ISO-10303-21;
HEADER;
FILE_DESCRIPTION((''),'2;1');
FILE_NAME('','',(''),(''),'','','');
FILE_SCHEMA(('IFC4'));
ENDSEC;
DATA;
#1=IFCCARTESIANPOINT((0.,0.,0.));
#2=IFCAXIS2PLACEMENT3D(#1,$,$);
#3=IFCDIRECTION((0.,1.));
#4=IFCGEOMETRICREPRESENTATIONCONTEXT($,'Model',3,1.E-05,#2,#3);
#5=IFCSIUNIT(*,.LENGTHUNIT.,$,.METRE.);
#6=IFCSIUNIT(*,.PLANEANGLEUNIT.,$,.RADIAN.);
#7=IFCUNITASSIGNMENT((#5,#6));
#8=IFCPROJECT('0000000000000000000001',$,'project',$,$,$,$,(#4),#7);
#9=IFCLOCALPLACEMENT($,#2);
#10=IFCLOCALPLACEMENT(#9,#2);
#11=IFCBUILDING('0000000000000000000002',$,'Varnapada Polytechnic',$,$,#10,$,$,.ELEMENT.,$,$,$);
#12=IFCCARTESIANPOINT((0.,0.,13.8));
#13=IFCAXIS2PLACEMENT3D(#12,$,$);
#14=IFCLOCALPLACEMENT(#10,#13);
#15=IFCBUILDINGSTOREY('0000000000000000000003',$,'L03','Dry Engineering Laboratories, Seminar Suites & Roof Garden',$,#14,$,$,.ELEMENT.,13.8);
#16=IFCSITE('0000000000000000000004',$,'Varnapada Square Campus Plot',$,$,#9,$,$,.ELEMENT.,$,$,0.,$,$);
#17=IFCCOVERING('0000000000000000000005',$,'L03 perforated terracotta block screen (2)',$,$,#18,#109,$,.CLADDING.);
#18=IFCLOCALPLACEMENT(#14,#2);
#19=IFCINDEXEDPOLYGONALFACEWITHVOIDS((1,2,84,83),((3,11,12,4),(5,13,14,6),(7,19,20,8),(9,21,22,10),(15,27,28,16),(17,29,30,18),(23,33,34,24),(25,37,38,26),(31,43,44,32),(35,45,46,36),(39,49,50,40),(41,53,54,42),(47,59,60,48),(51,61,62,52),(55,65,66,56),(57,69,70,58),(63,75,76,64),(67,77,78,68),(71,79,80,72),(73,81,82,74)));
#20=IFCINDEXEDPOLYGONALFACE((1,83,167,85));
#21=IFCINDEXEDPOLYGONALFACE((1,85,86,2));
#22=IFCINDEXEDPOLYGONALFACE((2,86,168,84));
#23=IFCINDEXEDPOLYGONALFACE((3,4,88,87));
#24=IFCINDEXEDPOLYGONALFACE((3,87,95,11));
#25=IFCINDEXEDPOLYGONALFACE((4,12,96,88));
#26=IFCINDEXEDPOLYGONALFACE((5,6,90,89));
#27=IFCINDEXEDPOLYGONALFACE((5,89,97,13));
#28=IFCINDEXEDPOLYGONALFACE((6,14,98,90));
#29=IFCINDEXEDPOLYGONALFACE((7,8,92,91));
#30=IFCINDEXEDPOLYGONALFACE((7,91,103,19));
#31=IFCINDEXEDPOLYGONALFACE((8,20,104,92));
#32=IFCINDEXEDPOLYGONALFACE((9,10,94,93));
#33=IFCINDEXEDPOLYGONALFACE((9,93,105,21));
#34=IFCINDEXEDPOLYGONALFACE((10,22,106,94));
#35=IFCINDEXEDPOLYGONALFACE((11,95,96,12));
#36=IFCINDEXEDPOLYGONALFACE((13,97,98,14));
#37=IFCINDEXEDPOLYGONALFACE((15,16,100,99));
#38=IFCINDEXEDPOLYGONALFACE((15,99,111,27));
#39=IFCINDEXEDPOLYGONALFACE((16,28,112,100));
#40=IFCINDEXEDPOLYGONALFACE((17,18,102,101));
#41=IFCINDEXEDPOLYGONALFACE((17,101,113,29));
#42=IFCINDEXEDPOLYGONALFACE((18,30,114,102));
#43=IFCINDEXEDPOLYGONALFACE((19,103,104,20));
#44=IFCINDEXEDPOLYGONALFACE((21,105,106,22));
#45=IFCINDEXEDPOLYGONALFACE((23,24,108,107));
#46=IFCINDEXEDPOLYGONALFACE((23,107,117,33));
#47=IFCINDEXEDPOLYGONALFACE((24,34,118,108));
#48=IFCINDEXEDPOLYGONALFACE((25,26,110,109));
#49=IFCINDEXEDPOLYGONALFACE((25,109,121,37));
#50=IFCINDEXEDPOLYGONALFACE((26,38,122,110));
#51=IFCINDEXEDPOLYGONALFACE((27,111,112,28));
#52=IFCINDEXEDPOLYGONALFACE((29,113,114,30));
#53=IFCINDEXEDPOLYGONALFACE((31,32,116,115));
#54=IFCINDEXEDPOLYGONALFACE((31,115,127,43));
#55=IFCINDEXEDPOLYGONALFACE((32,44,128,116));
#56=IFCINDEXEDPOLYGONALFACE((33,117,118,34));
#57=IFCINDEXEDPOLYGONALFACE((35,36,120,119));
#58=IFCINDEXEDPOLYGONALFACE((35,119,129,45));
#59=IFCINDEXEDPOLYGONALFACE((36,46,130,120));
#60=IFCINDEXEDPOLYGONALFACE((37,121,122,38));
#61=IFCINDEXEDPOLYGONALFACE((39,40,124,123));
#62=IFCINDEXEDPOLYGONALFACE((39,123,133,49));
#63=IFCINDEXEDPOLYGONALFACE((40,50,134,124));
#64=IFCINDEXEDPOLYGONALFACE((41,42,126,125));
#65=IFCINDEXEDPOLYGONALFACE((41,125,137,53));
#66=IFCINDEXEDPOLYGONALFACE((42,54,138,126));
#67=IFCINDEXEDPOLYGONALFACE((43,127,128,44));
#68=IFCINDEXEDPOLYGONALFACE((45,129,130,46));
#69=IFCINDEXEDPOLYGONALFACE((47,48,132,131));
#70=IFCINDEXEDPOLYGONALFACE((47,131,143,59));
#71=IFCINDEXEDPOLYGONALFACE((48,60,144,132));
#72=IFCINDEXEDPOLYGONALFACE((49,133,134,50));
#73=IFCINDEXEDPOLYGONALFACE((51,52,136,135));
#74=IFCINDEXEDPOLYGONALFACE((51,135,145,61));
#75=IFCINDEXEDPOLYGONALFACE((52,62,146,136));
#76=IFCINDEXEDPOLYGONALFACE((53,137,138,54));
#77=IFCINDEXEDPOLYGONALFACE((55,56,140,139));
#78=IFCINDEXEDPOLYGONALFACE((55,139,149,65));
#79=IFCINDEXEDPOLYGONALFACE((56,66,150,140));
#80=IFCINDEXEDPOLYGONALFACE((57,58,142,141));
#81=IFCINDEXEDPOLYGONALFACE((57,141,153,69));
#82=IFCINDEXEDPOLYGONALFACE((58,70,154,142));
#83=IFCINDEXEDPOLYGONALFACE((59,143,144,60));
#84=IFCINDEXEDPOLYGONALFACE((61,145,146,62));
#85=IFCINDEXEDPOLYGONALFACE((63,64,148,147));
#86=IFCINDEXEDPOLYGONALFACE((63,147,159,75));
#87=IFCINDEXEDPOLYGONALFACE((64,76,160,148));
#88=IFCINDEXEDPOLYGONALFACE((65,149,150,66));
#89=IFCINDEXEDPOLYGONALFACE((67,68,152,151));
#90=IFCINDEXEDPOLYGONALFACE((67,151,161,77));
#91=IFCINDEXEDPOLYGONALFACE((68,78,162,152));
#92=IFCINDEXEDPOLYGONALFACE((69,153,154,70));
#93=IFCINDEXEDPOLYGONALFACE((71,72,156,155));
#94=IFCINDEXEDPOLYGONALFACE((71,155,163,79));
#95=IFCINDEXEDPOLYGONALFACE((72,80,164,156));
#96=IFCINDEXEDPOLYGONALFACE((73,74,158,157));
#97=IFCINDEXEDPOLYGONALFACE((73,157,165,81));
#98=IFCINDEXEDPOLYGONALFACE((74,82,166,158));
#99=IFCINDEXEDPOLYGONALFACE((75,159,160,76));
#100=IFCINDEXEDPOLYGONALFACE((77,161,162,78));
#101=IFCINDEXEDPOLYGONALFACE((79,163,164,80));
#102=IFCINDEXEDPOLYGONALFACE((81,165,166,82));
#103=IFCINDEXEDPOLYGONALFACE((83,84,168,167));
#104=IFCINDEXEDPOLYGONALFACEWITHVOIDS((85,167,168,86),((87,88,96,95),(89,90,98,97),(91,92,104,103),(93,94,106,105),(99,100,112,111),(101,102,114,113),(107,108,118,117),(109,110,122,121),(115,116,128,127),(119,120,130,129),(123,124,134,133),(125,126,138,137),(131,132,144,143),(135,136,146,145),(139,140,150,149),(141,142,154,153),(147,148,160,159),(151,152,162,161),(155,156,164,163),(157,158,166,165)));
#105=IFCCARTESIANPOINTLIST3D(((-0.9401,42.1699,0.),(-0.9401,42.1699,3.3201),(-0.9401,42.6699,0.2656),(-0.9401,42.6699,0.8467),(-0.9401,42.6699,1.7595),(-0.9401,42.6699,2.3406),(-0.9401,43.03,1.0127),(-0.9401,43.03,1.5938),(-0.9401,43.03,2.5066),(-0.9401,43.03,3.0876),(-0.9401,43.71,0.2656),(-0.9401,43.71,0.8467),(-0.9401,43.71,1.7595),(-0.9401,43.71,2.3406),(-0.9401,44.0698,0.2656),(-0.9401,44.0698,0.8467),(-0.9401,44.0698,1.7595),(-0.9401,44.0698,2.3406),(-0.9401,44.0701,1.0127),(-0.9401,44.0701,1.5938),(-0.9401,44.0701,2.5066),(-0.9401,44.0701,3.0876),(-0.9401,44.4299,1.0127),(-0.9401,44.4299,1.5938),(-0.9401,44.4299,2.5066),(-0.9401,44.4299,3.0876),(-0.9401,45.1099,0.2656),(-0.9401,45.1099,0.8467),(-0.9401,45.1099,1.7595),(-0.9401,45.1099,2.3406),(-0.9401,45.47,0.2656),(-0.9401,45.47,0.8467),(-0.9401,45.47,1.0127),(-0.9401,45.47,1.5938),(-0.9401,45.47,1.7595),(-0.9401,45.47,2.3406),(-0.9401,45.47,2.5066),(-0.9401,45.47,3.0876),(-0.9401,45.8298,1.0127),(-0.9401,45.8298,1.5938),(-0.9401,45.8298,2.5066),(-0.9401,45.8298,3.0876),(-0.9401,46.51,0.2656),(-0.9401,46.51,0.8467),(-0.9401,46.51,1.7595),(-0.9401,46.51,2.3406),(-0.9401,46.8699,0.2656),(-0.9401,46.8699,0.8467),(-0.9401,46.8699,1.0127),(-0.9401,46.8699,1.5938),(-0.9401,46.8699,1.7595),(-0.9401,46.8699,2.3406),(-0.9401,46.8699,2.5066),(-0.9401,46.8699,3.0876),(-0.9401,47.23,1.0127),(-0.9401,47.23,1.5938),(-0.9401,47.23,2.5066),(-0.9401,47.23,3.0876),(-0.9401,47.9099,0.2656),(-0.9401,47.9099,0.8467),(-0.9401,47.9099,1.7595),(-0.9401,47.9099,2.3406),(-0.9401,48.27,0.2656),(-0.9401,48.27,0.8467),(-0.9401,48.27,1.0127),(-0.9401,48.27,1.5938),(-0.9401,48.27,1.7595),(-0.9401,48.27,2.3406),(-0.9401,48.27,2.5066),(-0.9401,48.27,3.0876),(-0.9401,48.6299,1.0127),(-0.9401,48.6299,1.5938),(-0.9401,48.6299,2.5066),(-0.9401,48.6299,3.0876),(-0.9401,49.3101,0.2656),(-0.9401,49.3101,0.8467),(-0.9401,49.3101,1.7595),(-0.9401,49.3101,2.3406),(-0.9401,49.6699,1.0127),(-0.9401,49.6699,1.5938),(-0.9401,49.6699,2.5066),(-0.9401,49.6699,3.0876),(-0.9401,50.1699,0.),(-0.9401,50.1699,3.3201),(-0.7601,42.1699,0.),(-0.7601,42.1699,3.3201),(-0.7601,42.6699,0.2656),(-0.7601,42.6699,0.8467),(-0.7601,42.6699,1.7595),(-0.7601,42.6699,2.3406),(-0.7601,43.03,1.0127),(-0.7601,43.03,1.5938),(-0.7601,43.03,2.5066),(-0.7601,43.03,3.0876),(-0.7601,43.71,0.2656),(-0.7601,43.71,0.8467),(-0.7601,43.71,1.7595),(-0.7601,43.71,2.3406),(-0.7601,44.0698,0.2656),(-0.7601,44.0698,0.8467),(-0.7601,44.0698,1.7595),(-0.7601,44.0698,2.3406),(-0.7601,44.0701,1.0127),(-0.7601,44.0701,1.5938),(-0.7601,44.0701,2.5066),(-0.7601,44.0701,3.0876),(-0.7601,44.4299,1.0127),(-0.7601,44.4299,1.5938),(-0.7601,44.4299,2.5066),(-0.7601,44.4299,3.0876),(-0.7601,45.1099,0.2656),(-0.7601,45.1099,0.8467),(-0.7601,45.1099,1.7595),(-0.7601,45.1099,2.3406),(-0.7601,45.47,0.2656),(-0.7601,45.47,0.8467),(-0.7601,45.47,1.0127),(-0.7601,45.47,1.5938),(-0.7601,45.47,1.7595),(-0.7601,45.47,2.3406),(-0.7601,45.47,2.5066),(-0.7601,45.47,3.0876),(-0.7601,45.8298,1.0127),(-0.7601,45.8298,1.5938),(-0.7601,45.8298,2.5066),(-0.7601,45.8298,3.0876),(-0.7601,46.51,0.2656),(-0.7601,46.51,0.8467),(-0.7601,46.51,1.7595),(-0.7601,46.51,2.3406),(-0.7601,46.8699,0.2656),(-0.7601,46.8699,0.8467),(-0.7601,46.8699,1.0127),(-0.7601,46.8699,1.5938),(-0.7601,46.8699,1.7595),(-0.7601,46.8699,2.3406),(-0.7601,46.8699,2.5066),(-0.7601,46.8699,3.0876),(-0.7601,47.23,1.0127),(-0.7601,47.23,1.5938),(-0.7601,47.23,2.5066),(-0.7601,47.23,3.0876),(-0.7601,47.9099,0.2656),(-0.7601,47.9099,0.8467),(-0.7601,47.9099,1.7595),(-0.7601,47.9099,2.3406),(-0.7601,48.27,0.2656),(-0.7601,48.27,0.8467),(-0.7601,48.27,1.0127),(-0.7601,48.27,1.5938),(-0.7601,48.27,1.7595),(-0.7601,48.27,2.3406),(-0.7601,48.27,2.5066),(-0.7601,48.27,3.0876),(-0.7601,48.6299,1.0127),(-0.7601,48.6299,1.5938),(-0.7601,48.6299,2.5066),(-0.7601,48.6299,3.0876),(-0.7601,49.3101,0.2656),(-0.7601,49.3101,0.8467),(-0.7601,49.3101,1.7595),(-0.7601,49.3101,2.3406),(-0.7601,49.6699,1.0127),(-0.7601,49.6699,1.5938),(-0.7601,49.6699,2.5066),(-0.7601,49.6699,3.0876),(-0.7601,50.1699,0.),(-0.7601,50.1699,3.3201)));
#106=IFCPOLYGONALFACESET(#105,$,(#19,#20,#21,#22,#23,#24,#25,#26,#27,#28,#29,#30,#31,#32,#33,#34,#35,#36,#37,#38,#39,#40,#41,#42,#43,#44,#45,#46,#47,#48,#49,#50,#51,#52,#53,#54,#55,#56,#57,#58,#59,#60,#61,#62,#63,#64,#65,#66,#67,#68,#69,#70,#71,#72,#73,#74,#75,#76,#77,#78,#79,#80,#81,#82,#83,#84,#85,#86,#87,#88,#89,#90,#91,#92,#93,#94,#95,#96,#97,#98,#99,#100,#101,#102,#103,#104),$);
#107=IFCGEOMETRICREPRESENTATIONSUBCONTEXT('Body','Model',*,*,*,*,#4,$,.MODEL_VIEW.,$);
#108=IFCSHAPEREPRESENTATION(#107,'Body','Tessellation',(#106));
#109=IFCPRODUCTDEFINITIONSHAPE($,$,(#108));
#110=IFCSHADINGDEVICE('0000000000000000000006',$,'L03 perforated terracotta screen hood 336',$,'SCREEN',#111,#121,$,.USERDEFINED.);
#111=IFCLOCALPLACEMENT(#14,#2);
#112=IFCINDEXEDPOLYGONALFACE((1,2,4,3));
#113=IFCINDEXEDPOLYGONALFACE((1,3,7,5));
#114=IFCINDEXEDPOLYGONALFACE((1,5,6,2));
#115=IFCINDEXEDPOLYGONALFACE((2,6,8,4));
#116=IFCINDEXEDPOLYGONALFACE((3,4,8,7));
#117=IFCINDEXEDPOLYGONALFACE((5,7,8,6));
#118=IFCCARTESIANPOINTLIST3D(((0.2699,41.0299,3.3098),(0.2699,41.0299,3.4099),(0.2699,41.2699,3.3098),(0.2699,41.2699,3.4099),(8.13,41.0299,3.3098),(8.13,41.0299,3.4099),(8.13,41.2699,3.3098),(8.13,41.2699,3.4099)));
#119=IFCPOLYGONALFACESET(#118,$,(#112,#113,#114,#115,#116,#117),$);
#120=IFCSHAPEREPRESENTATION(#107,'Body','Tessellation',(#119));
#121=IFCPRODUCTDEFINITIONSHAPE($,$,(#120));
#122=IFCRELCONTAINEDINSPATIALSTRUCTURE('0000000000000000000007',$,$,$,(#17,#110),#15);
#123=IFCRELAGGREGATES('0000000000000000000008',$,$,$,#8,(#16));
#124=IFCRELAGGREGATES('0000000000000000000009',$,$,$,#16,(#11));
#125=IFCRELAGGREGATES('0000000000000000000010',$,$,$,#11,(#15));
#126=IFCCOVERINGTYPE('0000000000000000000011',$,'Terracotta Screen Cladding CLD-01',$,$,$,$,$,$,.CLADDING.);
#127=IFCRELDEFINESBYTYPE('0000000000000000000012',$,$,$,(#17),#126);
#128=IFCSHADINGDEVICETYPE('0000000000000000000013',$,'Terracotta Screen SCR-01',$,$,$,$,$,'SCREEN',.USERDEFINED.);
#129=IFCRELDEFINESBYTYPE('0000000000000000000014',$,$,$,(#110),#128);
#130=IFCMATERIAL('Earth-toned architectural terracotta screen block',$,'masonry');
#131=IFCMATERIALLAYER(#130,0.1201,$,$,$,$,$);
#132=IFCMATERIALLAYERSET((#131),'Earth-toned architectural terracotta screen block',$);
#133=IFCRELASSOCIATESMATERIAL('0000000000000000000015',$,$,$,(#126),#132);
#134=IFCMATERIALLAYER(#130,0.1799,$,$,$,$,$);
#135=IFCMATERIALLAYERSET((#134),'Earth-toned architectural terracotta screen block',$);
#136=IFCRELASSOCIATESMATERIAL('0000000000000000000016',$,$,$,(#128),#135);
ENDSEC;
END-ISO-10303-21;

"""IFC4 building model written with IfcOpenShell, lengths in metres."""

from ifc_helpers import new_model, si_unit, direction, frame, frame_2d, origin, origin_2d, place, context, subcontext, project, spatial, rectangle, extrude, material, layer, layer_set, type_object, element, save


model = new_model("IFC4")

# Units and contexts
model_context = context("Model", 3, precision=1e-05, world=origin(), true_north=direction((0.0, 1.0)))
body_context = subcontext(model_context, "Body", "Model", "MODEL_VIEW")
ifc_project = project(units=[si_unit("LENGTHUNIT", "METRE"), si_unit("PLANEANGLEUNIT", "RADIAN")], contexts=[model_context])

# Site, building, storey
site_placement = place(None, origin())
site = spatial("IfcSite", under=ifc_project, at=site_placement, Name="Varnapada Square Campus Plot", CompositionType="ELEMENT", RefElevation=0.0)
building_placement = place(site_placement, origin())
building = spatial("IfcBuilding", under=site, at=building_placement, Name="Varnapada Polytechnic", CompositionType="ELEMENT")
storey_placement = place(building_placement, frame((0.0, 0.0, 13.8)))
storey = spatial("IfcBuildingStorey", under=building, at=storey_placement, Name="L03", Description="Dry Engineering Laboratories, Seminar Suites & Roof Garden", CompositionType="ELEMENT", Elevation=13.8)

# Covering, openings
ifc_material_1 = material(Name="Earth-toned architectural terracotta screen block", Category="masonry")
ifc_layer_1 = layer(ifc_material_1, 0.1201)
ifc_layer_set_1 = layer_set([ifc_layer_1], Name="Earth-toned architectural terracotta screen block")
covering_type = type_object("IfcCoveringType", Name="Terracotta Screen Cladding CLD-01", PredefinedType="CLADDING", material=ifc_layer_set_1)
covering_placement = place(storey_placement, frame((-0.8501, 42.1699, 0.0), z_axis=(0.0, 0.0, 1.0), x_axis=(0.0, 1.0, 0.0)))
covering = element("IfcCovering", 1, at=covering_placement, inside=storey, type_object=covering_type, Name="L03 perforated terracotta block screen (2)", PredefinedType="CLADDING", context=body_context, shape_type="SweptSolid", body=[
    extrude(rectangle(XDim=8.0, YDim=0.1799, at=frame_2d((4.0, 0.0))), origin(), (0.0, 0.0, 1.0), 3.3201),
])
opening_1_placement = place(covering_placement, frame((0.5, 0.0, 0.2656)))
element("IfcOpeningElement", 2, at=opening_1_placement, cuts=covering, PredefinedType="OPENING", context=body_context, shape_type="SweptSolid", body=[
    extrude(rectangle(XDim=1.04, YDim=0.5811, at=frame_2d((0.52, 0.2905))), frame((0.0, 0.0999, 0.0), z_axis=(0.0, -1.0, 0.0), x_axis=(1.0, 0.0, 0.0)), (0.0, 0.0, 1.0), 0.2),
])
opening_2_placement = place(covering_placement, frame((1.8999, 0.0, 0.2656)))
element("IfcOpeningElement", 3, at=opening_2_placement, cuts=covering, PredefinedType="OPENING", context=body_context, shape_type="SweptSolid", body=[
    extrude(rectangle(XDim=1.04, YDim=0.5811, at=frame_2d((0.52, 0.2905))), frame((0.0, 0.0999, 0.0), z_axis=(0.0, -1.0, 0.0), x_axis=(1.0, 0.0, 0.0)), (0.0, 0.0, 1.0), 0.2),
])
opening_3_placement = place(covering_placement, frame((3.3, 0.0, 0.2656)))
element("IfcOpeningElement", 4, at=opening_3_placement, cuts=covering, PredefinedType="OPENING", context=body_context, shape_type="SweptSolid", body=[
    extrude(rectangle(XDim=1.04, YDim=0.5811, at=frame_2d((0.52, 0.2905))), frame((0.0, 0.0999, 0.0), z_axis=(0.0, -1.0, 0.0), x_axis=(1.0, 0.0, 0.0)), (0.0, 0.0, 1.0), 0.2),
])
opening_4_placement = place(covering_placement, frame((4.7, 0.0, 0.2656)))
element("IfcOpeningElement", 5, at=opening_4_placement, cuts=covering, PredefinedType="OPENING", context=body_context, shape_type="SweptSolid", body=[
    extrude(rectangle(XDim=1.04, YDim=0.5811, at=frame_2d((0.52, 0.2905))), frame((0.0, 0.0999, 0.0), z_axis=(0.0, -1.0, 0.0), x_axis=(1.0, 0.0, 0.0)), (0.0, 0.0, 1.0), 0.2),
])
opening_5_placement = place(covering_placement, frame((6.1001, 0.0, 0.2656)))
element("IfcOpeningElement", 6, at=opening_5_placement, cuts=covering, PredefinedType="OPENING", context=body_context, shape_type="SweptSolid", body=[
    extrude(rectangle(XDim=1.04, YDim=0.5811, at=frame_2d((0.52, 0.2905))), frame((0.0, 0.0999, 0.0), z_axis=(0.0, -1.0, 0.0), x_axis=(1.0, 0.0, 0.0)), (0.0, 0.0, 1.0), 0.2),
])
opening_6_placement = place(covering_placement, frame((0.8601, 0.0, 1.0127)))
element("IfcOpeningElement", 7, at=opening_6_placement, cuts=covering, PredefinedType="OPENING", context=body_context, shape_type="SweptSolid", body=[
    extrude(rectangle(XDim=1.04, YDim=0.5811, at=frame_2d((0.52, 0.2905))), frame((0.0, 0.0999, 0.0), z_axis=(0.0, -1.0, 0.0), x_axis=(1.0, 0.0, 0.0)), (0.0, 0.0, 1.0), 0.2),
])
opening_7_placement = place(covering_placement, frame((2.26, 0.0, 1.0127)))
element("IfcOpeningElement", 8, at=opening_7_placement, cuts=covering, PredefinedType="OPENING", context=body_context, shape_type="SweptSolid", body=[
    extrude(rectangle(XDim=1.04, YDim=0.5811, at=frame_2d((0.52, 0.2905))), frame((0.0, 0.0999, 0.0), z_axis=(0.0, -1.0, 0.0), x_axis=(1.0, 0.0, 0.0)), (0.0, 0.0, 1.0), 0.2),
])
opening_8_placement = place(covering_placement, frame((3.6599, 0.0, 1.0127)))
element("IfcOpeningElement", 9, at=opening_8_placement, cuts=covering, PredefinedType="OPENING", context=body_context, shape_type="SweptSolid", body=[
    extrude(rectangle(XDim=1.04, YDim=0.5811, at=frame_2d((0.52, 0.2905))), frame((0.0, 0.0999, 0.0), z_axis=(0.0, -1.0, 0.0), x_axis=(1.0, 0.0, 0.0)), (0.0, 0.0, 1.0), 0.2),
])
opening_9_placement = place(covering_placement, frame((5.0601, 0.0, 1.0127)))
element("IfcOpeningElement", 10, at=opening_9_placement, cuts=covering, PredefinedType="OPENING", context=body_context, shape_type="SweptSolid", body=[
    extrude(rectangle(XDim=1.04, YDim=0.5811, at=frame_2d((0.52, 0.2905))), frame((0.0, 0.0999, 0.0), z_axis=(0.0, -1.0, 0.0), x_axis=(1.0, 0.0, 0.0)), (0.0, 0.0, 1.0), 0.2),
])
opening_10_placement = place(covering_placement, frame((6.46, 0.0, 1.0127)))
element("IfcOpeningElement", 11, at=opening_10_placement, cuts=covering, PredefinedType="OPENING", context=body_context, shape_type="SweptSolid", body=[
    extrude(rectangle(XDim=1.04, YDim=0.5811, at=frame_2d((0.52, 0.2905))), frame((0.0, 0.0999, 0.0), z_axis=(0.0, -1.0, 0.0), x_axis=(1.0, 0.0, 0.0)), (0.0, 0.0, 1.0), 0.2),
])
opening_11_placement = place(covering_placement, frame((0.5, 0.0, 1.7595)))
element("IfcOpeningElement", 12, at=opening_11_placement, cuts=covering, PredefinedType="OPENING", context=body_context, shape_type="SweptSolid", body=[
    extrude(rectangle(XDim=1.04, YDim=0.5811, at=frame_2d((0.52, 0.2905))), frame((0.0, 0.0999, 0.0), z_axis=(0.0, -1.0, 0.0), x_axis=(1.0, 0.0, 0.0)), (0.0, 0.0, 1.0), 0.2),
])
opening_12_placement = place(covering_placement, frame((1.8999, 0.0, 1.7595)))
element("IfcOpeningElement", 13, at=opening_12_placement, cuts=covering, PredefinedType="OPENING", context=body_context, shape_type="SweptSolid", body=[
    extrude(rectangle(XDim=1.04, YDim=0.5811, at=frame_2d((0.52, 0.2905))), frame((0.0, 0.0999, 0.0), z_axis=(0.0, -1.0, 0.0), x_axis=(1.0, 0.0, 0.0)), (0.0, 0.0, 1.0), 0.2),
])
opening_13_placement = place(covering_placement, frame((3.3, 0.0, 1.7595)))
element("IfcOpeningElement", 14, at=opening_13_placement, cuts=covering, PredefinedType="OPENING", context=body_context, shape_type="SweptSolid", body=[
    extrude(rectangle(XDim=1.04, YDim=0.5811, at=frame_2d((0.52, 0.2905))), frame((0.0, 0.0999, 0.0), z_axis=(0.0, -1.0, 0.0), x_axis=(1.0, 0.0, 0.0)), (0.0, 0.0, 1.0), 0.2),
])
opening_14_placement = place(covering_placement, frame((4.7, 0.0, 1.7595)))
element("IfcOpeningElement", 15, at=opening_14_placement, cuts=covering, PredefinedType="OPENING", context=body_context, shape_type="SweptSolid", body=[
    extrude(rectangle(XDim=1.04, YDim=0.5811, at=frame_2d((0.52, 0.2905))), frame((0.0, 0.0999, 0.0), z_axis=(0.0, -1.0, 0.0), x_axis=(1.0, 0.0, 0.0)), (0.0, 0.0, 1.0), 0.2),
])
opening_15_placement = place(covering_placement, frame((6.1001, 0.0, 1.7595)))
element("IfcOpeningElement", 16, at=opening_15_placement, cuts=covering, PredefinedType="OPENING", context=body_context, shape_type="SweptSolid", body=[
    extrude(rectangle(XDim=1.04, YDim=0.5811, at=frame_2d((0.52, 0.2905))), frame((0.0, 0.0999, 0.0), z_axis=(0.0, -1.0, 0.0), x_axis=(1.0, 0.0, 0.0)), (0.0, 0.0, 1.0), 0.2),
])
opening_16_placement = place(covering_placement, frame((0.8601, 0.0, 2.5066)))
element("IfcOpeningElement", 17, at=opening_16_placement, cuts=covering, PredefinedType="OPENING", context=body_context, shape_type="SweptSolid", body=[
    extrude(rectangle(XDim=1.04, YDim=0.5811, at=frame_2d((0.52, 0.2905))), frame((0.0, 0.0999, 0.0), z_axis=(0.0, -1.0, 0.0), x_axis=(1.0, 0.0, 0.0)), (0.0, 0.0, 1.0), 0.2),
])
opening_17_placement = place(covering_placement, frame((2.26, 0.0, 2.5066)))
element("IfcOpeningElement", 18, at=opening_17_placement, cuts=covering, PredefinedType="OPENING", context=body_context, shape_type="SweptSolid", body=[
    extrude(rectangle(XDim=1.04, YDim=0.5811, at=frame_2d((0.52, 0.2905))), frame((0.0, 0.0999, 0.0), z_axis=(0.0, -1.0, 0.0), x_axis=(1.0, 0.0, 0.0)), (0.0, 0.0, 1.0), 0.2),
])
opening_18_placement = place(covering_placement, frame((3.6599, 0.0, 2.5066)))
element("IfcOpeningElement", 19, at=opening_18_placement, cuts=covering, PredefinedType="OPENING", context=body_context, shape_type="SweptSolid", body=[
    extrude(rectangle(XDim=1.04, YDim=0.5811, at=frame_2d((0.52, 0.2905))), frame((0.0, 0.0999, 0.0), z_axis=(0.0, -1.0, 0.0), x_axis=(1.0, 0.0, 0.0)), (0.0, 0.0, 1.0), 0.2),
])
opening_19_placement = place(covering_placement, frame((5.0601, 0.0, 2.5066)))
element("IfcOpeningElement", 20, at=opening_19_placement, cuts=covering, PredefinedType="OPENING", context=body_context, shape_type="SweptSolid", body=[
    extrude(rectangle(XDim=1.04, YDim=0.5811, at=frame_2d((0.52, 0.2905))), frame((0.0, 0.0999, 0.0), z_axis=(0.0, -1.0, 0.0), x_axis=(1.0, 0.0, 0.0)), (0.0, 0.0, 1.0), 0.2),
])
opening_20_placement = place(covering_placement, frame((6.46, 0.0, 2.5066)))
element("IfcOpeningElement", 21, at=opening_20_placement, cuts=covering, PredefinedType="OPENING", context=body_context, shape_type="SweptSolid", body=[
    extrude(rectangle(XDim=1.04, YDim=0.5811, at=frame_2d((0.52, 0.2905))), frame((0.0, 0.0999, 0.0), z_axis=(0.0, -1.0, 0.0), x_axis=(1.0, 0.0, 0.0)), (0.0, 0.0, 1.0), 0.2),
])

# Shading device
ifc_layer_2 = layer(ifc_material_1, 0.1799)
ifc_layer_set_2 = layer_set([ifc_layer_2], Name="Earth-toned architectural terracotta screen block")
shading_device_type_1 = type_object("IfcShadingDeviceType", Name="Terracotta Screen SCR-01", ElementType="SCREEN", PredefinedType="USERDEFINED", material=ifc_layer_set_2)
shading_device_1_placement = place(storey_placement, frame((4.2, 41.1499, 3.3098), z_axis=(0.0, 0.0, 1.0), x_axis=(-1.0, 0.0, 0.0)))
element("IfcShadingDevice", 22, at=shading_device_1_placement, inside=storey, type_object=shading_device_type_1, Name="L03 perforated terracotta screen hood 336", ObjectType="SCREEN", PredefinedType="USERDEFINED", context=body_context, shape_type="SweptSolid", body=[
    extrude(rectangle(XDim=7.8601, YDim=0.24, at=origin_2d()), origin(), (0.0, 0.0, 1.0), 0.1001),
])

save(model, "model.ifc")
